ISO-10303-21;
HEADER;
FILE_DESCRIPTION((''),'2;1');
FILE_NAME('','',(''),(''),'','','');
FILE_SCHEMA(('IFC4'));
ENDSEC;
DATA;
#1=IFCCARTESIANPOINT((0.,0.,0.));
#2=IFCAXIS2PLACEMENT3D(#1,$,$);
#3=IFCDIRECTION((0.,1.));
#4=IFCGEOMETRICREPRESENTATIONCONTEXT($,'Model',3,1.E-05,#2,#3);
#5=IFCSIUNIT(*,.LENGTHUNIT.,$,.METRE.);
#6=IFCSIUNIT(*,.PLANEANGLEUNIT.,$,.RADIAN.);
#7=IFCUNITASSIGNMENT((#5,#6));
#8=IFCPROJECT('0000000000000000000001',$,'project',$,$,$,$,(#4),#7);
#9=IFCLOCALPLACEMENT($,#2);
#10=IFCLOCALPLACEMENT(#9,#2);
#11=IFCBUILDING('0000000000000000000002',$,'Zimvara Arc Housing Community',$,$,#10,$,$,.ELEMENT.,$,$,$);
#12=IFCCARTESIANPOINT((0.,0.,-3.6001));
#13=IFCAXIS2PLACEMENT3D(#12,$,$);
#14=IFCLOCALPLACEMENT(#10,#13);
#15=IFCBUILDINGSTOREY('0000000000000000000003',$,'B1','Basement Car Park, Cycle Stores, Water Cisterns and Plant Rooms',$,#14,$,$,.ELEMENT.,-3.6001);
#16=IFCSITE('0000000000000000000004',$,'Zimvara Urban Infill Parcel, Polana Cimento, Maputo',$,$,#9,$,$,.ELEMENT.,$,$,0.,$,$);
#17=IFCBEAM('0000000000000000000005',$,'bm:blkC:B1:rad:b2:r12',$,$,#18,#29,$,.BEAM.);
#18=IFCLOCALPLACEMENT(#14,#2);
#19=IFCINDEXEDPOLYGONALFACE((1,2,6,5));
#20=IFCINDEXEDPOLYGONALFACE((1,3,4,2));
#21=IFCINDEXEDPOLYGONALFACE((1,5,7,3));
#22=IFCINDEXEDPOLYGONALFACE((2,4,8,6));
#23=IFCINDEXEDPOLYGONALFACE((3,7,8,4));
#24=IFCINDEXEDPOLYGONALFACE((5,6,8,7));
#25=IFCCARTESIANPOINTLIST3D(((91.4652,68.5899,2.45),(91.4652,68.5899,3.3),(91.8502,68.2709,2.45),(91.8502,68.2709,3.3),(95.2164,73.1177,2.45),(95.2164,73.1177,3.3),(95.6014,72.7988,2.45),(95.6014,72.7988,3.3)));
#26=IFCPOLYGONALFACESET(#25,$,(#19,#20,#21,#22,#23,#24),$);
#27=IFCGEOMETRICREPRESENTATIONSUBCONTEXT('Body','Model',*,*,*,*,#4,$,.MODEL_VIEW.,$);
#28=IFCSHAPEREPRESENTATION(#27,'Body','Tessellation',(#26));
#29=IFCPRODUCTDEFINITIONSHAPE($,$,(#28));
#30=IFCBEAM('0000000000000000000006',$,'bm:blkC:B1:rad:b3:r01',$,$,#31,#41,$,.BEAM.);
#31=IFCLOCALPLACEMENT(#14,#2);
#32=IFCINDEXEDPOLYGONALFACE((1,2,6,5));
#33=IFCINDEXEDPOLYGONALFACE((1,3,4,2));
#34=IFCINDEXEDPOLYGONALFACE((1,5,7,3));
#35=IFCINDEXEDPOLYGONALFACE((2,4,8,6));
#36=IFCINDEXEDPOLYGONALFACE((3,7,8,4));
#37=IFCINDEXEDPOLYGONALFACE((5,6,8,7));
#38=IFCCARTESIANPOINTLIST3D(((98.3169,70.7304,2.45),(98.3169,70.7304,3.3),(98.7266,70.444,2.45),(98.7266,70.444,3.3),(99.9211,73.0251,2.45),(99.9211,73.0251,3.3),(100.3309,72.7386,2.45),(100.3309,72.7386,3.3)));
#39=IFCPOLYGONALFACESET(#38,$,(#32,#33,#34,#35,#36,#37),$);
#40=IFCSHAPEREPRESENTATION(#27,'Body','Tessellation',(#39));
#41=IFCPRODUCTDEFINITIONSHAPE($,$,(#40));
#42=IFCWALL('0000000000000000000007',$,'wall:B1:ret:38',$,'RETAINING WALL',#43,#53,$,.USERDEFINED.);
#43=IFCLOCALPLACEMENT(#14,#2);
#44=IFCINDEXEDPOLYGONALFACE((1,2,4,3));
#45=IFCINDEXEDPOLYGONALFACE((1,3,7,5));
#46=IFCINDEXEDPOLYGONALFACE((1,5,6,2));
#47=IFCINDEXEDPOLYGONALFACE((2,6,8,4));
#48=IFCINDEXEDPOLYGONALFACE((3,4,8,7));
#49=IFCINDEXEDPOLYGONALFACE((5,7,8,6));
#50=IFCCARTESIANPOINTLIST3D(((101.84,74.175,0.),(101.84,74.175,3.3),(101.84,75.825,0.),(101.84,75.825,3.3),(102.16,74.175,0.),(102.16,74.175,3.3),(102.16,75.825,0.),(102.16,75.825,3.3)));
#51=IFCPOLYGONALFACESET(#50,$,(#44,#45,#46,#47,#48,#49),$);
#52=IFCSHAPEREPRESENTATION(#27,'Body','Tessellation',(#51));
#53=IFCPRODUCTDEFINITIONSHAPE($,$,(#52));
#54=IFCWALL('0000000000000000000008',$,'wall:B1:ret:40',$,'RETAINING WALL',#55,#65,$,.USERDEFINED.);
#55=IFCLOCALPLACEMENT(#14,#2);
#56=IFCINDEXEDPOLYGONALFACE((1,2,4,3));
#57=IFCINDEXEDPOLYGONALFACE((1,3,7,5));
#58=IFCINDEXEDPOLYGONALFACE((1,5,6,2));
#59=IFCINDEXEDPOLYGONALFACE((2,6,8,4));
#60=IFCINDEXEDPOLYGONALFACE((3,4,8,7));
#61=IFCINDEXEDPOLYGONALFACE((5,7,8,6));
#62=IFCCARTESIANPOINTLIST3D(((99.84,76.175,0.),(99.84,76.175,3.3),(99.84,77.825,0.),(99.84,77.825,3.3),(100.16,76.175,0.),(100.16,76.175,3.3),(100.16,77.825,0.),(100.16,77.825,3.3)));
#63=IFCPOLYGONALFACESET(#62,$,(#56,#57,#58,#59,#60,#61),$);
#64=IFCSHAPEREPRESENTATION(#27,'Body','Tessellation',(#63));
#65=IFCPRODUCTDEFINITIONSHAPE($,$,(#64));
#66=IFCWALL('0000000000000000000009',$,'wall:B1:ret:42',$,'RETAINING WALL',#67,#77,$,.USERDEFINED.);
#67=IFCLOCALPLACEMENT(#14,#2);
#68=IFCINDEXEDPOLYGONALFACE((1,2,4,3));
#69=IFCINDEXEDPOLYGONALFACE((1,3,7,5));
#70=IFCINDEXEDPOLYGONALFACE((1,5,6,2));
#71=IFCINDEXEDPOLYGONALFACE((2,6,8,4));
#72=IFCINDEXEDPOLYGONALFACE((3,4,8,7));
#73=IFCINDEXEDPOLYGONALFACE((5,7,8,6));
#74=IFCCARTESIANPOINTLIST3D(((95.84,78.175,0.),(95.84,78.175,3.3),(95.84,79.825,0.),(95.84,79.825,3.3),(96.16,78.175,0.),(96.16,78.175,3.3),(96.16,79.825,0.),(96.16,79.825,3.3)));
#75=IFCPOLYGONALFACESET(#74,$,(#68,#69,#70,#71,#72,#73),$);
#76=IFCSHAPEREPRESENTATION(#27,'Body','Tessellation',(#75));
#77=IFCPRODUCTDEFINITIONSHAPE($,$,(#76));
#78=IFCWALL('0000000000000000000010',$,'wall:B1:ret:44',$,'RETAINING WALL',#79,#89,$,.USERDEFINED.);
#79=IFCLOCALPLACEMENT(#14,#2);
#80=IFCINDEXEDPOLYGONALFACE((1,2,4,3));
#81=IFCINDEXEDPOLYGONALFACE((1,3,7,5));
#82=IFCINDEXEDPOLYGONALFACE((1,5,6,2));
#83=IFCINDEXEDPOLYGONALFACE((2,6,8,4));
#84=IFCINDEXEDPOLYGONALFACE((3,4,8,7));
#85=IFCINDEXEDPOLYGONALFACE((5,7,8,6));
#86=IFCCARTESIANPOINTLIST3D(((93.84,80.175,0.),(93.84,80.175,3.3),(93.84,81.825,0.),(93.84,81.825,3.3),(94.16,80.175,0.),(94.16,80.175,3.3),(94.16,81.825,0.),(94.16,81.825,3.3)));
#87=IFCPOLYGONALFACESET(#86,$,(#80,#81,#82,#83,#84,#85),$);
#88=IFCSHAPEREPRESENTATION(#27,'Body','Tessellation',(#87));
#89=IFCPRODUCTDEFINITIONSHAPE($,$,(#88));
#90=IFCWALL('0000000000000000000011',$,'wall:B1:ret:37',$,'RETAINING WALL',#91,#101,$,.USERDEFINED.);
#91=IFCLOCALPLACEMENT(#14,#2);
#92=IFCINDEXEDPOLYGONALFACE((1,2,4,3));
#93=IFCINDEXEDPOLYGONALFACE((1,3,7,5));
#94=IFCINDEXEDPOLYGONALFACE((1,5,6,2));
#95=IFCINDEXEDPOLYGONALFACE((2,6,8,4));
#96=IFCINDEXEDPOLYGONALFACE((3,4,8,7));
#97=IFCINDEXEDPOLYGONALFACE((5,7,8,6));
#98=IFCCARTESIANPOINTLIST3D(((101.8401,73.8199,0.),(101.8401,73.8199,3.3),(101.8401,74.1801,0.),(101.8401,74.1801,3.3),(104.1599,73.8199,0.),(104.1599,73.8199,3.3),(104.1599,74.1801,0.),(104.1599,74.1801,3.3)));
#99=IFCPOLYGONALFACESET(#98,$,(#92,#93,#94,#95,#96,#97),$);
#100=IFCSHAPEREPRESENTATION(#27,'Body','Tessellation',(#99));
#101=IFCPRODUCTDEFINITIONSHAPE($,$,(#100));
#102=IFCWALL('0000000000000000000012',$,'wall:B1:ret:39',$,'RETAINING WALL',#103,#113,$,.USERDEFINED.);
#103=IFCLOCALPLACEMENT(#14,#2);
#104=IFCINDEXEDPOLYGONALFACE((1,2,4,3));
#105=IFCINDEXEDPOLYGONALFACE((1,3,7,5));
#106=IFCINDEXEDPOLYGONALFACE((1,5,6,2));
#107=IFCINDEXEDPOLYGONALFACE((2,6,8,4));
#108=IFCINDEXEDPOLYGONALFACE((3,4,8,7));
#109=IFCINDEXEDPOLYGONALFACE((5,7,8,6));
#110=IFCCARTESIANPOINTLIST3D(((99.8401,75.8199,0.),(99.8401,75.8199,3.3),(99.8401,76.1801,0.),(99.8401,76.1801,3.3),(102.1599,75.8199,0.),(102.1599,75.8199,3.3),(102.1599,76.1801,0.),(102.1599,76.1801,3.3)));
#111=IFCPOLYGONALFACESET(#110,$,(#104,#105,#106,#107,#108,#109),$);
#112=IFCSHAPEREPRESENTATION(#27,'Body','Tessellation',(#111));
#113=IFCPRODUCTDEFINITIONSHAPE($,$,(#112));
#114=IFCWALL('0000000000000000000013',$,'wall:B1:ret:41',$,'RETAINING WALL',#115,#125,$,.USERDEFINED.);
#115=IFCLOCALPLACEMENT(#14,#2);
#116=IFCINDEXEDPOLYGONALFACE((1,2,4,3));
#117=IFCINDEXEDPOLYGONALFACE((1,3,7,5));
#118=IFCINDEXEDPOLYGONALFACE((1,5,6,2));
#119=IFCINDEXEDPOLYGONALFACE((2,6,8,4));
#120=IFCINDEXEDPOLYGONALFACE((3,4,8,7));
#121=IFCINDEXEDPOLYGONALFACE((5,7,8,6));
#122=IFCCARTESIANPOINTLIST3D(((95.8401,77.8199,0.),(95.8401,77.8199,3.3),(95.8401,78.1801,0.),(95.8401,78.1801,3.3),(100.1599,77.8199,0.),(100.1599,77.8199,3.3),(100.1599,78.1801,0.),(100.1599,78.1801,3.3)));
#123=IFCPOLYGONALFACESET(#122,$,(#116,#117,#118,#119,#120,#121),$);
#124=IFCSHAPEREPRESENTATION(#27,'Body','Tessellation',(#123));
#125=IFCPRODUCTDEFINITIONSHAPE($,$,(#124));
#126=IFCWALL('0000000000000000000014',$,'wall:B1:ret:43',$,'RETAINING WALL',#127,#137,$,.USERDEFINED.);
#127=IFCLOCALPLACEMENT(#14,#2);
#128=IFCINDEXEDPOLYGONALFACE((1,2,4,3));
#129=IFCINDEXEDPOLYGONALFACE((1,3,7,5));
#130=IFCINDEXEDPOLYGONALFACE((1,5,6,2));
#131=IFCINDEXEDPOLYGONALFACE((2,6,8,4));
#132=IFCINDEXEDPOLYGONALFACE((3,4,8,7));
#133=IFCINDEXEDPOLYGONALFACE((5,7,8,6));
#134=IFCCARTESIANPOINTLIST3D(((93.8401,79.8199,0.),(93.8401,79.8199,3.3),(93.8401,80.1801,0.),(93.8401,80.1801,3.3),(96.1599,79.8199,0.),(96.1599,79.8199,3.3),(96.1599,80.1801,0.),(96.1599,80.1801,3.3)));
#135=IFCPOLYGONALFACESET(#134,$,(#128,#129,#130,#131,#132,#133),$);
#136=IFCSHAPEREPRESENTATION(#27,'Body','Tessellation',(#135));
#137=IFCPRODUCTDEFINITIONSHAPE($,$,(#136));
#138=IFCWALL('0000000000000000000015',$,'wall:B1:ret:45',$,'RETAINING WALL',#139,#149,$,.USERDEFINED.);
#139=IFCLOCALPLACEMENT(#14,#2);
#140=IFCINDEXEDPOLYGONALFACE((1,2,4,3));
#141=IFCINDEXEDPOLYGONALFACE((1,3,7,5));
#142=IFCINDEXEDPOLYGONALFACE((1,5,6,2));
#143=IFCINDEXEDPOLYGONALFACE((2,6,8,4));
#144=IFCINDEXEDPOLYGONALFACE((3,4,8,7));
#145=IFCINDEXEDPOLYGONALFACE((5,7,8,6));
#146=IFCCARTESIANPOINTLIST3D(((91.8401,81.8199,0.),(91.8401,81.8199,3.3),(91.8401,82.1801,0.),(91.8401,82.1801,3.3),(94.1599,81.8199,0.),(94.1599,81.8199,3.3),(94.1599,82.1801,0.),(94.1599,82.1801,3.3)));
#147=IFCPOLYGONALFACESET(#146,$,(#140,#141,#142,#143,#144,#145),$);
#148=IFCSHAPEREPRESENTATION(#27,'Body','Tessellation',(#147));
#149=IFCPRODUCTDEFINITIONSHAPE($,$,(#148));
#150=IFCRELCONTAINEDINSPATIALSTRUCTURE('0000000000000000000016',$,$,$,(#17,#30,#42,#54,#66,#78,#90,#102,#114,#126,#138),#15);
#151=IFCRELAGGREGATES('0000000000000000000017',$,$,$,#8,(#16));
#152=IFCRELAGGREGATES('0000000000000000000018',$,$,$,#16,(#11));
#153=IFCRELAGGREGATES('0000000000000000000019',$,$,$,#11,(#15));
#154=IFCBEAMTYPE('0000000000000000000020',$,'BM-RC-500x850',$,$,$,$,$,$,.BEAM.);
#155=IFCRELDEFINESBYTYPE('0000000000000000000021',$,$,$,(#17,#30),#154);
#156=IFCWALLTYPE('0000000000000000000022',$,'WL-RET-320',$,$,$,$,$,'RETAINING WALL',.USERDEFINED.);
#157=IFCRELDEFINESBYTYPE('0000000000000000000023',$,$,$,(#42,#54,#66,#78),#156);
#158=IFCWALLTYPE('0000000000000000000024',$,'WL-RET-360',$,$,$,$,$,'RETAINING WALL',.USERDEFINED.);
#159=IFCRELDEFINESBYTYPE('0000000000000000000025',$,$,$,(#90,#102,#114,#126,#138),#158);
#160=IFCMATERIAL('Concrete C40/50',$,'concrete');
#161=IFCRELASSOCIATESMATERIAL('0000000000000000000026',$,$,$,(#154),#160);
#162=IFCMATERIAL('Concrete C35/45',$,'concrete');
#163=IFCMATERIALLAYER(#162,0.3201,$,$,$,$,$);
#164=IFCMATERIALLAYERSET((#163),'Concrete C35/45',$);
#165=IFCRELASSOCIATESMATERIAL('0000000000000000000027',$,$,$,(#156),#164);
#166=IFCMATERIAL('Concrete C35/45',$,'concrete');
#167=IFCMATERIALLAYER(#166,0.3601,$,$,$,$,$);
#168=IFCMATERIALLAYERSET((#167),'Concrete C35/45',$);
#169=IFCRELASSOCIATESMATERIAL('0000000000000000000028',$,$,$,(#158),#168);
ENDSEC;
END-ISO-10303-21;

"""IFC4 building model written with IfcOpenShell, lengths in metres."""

from ifc_helpers import new_model, si_unit, direction, frame, frame_2d, origin, origin_2d, place, context, subcontext, project, spatial, rectangle, extrude, material, layer, layer_set, material_profile, profile_set, type_object, element, save


model = new_model("IFC4")

# Units and contexts
model_context = context("Model", 3, precision=1e-05, world=origin(), true_north=direction((0.0, 1.0)))
body_context = subcontext(model_context, "Body", "Model", "MODEL_VIEW")
ifc_project = project(units=[si_unit("LENGTHUNIT", "METRE"), si_unit("PLANEANGLEUNIT", "RADIAN")], contexts=[model_context])

# Site, building, storey
site_placement = place(None, origin())
site = spatial("IfcSite", under=ifc_project, at=site_placement, Name="Zimvara Urban Infill Parcel, Polana Cimento, Maputo", CompositionType="ELEMENT", RefElevation=0.0)
building_placement = place(site_placement, origin())
building = spatial("IfcBuilding", under=site, at=building_placement, Name="Zimvara Arc Housing Community", CompositionType="ELEMENT")
storey_placement = place(building_placement, frame((0.0, 0.0, -3.6001)))
storey = spatial("IfcBuildingStorey", under=building, at=storey_placement, Name="B1", Description="Basement Car Park, Cycle Stores, Water Cisterns and Plant Rooms", CompositionType="ELEMENT", Elevation=-3.6001)

# Beams
ifc_material_1 = material(Name="Concrete C40/50", Category="concrete")
ifc_material_profile_1 = material_profile(ifc_material_1, rectangle(XDim=0.5, YDim=0.8501, at=origin_2d()), Name="RC 500x850")
ifc_profile_set_1 = profile_set([ifc_material_profile_1], Name="Concrete C40/50")
beam_type = type_object("IfcBeamType", Name="BM-RC-500x850", PredefinedType="BEAM", material=ifc_profile_set_1)
beam_1_placement = place(storey_placement, frame((95.4089, 72.9583, 2.875), z_axis=(-0.637976, -0.770056, 0.0), x_axis=(0.770056, -0.637976, 0.0)))
element("IfcBeam", 1, at=beam_1_placement, inside=storey, type_object=beam_type, Name="bm:blkC:B1:rad:b2:r12", PredefinedType="BEAM", context=body_context, shape_type="SweptSolid", body=[
    extrude(rectangle(XDim=0.5, YDim=0.8501, at=origin_2d()), origin(), (0.0, 0.0, 1.0), 5.8799),
])
beam_2_placement = place(storey_placement, frame((100.126, 72.8818, 2.875), z_axis=(-0.572977, -0.819572, 0.0), x_axis=(0.819572, -0.572977, 0.0)))
element("IfcBeam", 2, at=beam_2_placement, inside=storey, type_object=beam_type, Name="bm:blkC:B1:rad:b3:r01", PredefinedType="BEAM", context=body_context, shape_type="SweptSolid", body=[
    extrude(rectangle(XDim=0.5, YDim=0.8501, at=origin_2d()), origin(), (0.0, 0.0, 1.0), 2.7998),
])

# Walls
ifc_material_2 = material(Name="Concrete C35/45", Category="concrete")
ifc_layer_1 = layer(ifc_material_2, 0.3201)
ifc_layer_set_1 = layer_set([ifc_layer_1], Name="Concrete C35/45")
wall_type_1 = type_object("IfcWallType", Name="WL-RET-320", ElementType="RETAINING WALL", PredefinedType="USERDEFINED", material=ifc_layer_set_1)
for number, where, z_axis, x_axis, name in (
    (3, (102.0, 74.175, 0.0), (0.0, 0.0, 1.0), (0.0, 1.0, 0.0), "wall:B1:ret:38"),
    (4, (100.0, 76.175, 0.0), (0.0, 0.0, 1.0), (0.0, 1.0, 0.0), "wall:B1:ret:40"),
    (5, (96.0, 78.175, 0.0), (0.0, 0.0, 1.0), (0.0, 1.0, 0.0), "wall:B1:ret:42"),
    (6, (94.0, 80.175, 0.0), (0.0, 0.0, 1.0), (0.0, 1.0, 0.0), "wall:B1:ret:44"),
):
    element("IfcWall", number, at=place(storey_placement, frame(where, z_axis=z_axis, x_axis=x_axis)), inside=storey, type_object=wall_type_1, Name=name, ObjectType="RETAINING WALL", PredefinedType="USERDEFINED", context=body_context, shape_type="SweptSolid", body=[
        extrude(rectangle(XDim=1.6499, YDim=0.3201, at=frame_2d((0.825, 0.0))), origin(), (0.0, 0.0, 1.0), 3.3),
    ])
ifc_material_3 = material(Name="Concrete C35/45", Category="concrete")
ifc_layer_2 = layer(ifc_material_3, 0.3601)
ifc_layer_set_2 = layer_set([ifc_layer_2], Name="Concrete C35/45")
wall_type_2 = type_object("IfcWallType", Name="WL-RET-360", ElementType="RETAINING WALL", PredefinedType="USERDEFINED", material=ifc_layer_set_2)
for number, where, z_axis, x_axis, name in (
    (7, (104.1599, 74.0, 0.0), (0.0, 0.0, 1.0), (-1.0, 0.0, 0.0), "wall:B1:ret:37"),
    (8, (102.1599, 76.0, 0.0), (0.0, 0.0, 1.0), (-1.0, 0.0, 0.0), "wall:B1:ret:39"),
):
    element("IfcWall", number, at=place(storey_placement, frame(where, z_axis=z_axis, x_axis=x_axis)), inside=storey, type_object=wall_type_2, Name=name, ObjectType="RETAINING WALL", PredefinedType="USERDEFINED", context=body_context, shape_type="SweptSolid", body=[
        extrude(rectangle(XDim=2.3198, YDim=0.3601, at=frame_2d((1.1599, 0.0))), origin(), (0.0, 0.0, 1.0), 3.3),
    ])
wall_placement = place(storey_placement, frame((100.1599, 78.0, 0.0), z_axis=(0.0, 0.0, 1.0), x_axis=(-1.0, 0.0, 0.0)))
element("IfcWall", 9, at=wall_placement, inside=storey, type_object=wall_type_2, Name="wall:B1:ret:41", ObjectType="RETAINING WALL", PredefinedType="USERDEFINED", context=body_context, shape_type="SweptSolid", body=[
    extrude(rectangle(XDim=4.3198, YDim=0.3601, at=frame_2d((2.1599, 0.0))), origin(), (0.0, 0.0, 1.0), 3.3),
])
for number, where, z_axis, x_axis, name in (
    (10, (96.1599, 80.0, 0.0), (0.0, 0.0, 1.0), (-1.0, 0.0, 0.0), "wall:B1:ret:43"),
    (11, (94.1599, 82.0, 0.0), (0.0, 0.0, 1.0), (-1.0, 0.0, 0.0), "wall:B1:ret:45"),
):
    element("IfcWall", number, at=place(storey_placement, frame(where, z_axis=z_axis, x_axis=x_axis)), inside=storey, type_object=wall_type_2, Name=name, ObjectType="RETAINING WALL", PredefinedType="USERDEFINED", context=body_context, shape_type="SweptSolid", body=[
        extrude(rectangle(XDim=2.3198, YDim=0.3601, at=frame_2d((1.1599, 0.0))), origin(), (0.0, 0.0, 1.0), 3.3),
    ])

save(model, "model.ifc")
